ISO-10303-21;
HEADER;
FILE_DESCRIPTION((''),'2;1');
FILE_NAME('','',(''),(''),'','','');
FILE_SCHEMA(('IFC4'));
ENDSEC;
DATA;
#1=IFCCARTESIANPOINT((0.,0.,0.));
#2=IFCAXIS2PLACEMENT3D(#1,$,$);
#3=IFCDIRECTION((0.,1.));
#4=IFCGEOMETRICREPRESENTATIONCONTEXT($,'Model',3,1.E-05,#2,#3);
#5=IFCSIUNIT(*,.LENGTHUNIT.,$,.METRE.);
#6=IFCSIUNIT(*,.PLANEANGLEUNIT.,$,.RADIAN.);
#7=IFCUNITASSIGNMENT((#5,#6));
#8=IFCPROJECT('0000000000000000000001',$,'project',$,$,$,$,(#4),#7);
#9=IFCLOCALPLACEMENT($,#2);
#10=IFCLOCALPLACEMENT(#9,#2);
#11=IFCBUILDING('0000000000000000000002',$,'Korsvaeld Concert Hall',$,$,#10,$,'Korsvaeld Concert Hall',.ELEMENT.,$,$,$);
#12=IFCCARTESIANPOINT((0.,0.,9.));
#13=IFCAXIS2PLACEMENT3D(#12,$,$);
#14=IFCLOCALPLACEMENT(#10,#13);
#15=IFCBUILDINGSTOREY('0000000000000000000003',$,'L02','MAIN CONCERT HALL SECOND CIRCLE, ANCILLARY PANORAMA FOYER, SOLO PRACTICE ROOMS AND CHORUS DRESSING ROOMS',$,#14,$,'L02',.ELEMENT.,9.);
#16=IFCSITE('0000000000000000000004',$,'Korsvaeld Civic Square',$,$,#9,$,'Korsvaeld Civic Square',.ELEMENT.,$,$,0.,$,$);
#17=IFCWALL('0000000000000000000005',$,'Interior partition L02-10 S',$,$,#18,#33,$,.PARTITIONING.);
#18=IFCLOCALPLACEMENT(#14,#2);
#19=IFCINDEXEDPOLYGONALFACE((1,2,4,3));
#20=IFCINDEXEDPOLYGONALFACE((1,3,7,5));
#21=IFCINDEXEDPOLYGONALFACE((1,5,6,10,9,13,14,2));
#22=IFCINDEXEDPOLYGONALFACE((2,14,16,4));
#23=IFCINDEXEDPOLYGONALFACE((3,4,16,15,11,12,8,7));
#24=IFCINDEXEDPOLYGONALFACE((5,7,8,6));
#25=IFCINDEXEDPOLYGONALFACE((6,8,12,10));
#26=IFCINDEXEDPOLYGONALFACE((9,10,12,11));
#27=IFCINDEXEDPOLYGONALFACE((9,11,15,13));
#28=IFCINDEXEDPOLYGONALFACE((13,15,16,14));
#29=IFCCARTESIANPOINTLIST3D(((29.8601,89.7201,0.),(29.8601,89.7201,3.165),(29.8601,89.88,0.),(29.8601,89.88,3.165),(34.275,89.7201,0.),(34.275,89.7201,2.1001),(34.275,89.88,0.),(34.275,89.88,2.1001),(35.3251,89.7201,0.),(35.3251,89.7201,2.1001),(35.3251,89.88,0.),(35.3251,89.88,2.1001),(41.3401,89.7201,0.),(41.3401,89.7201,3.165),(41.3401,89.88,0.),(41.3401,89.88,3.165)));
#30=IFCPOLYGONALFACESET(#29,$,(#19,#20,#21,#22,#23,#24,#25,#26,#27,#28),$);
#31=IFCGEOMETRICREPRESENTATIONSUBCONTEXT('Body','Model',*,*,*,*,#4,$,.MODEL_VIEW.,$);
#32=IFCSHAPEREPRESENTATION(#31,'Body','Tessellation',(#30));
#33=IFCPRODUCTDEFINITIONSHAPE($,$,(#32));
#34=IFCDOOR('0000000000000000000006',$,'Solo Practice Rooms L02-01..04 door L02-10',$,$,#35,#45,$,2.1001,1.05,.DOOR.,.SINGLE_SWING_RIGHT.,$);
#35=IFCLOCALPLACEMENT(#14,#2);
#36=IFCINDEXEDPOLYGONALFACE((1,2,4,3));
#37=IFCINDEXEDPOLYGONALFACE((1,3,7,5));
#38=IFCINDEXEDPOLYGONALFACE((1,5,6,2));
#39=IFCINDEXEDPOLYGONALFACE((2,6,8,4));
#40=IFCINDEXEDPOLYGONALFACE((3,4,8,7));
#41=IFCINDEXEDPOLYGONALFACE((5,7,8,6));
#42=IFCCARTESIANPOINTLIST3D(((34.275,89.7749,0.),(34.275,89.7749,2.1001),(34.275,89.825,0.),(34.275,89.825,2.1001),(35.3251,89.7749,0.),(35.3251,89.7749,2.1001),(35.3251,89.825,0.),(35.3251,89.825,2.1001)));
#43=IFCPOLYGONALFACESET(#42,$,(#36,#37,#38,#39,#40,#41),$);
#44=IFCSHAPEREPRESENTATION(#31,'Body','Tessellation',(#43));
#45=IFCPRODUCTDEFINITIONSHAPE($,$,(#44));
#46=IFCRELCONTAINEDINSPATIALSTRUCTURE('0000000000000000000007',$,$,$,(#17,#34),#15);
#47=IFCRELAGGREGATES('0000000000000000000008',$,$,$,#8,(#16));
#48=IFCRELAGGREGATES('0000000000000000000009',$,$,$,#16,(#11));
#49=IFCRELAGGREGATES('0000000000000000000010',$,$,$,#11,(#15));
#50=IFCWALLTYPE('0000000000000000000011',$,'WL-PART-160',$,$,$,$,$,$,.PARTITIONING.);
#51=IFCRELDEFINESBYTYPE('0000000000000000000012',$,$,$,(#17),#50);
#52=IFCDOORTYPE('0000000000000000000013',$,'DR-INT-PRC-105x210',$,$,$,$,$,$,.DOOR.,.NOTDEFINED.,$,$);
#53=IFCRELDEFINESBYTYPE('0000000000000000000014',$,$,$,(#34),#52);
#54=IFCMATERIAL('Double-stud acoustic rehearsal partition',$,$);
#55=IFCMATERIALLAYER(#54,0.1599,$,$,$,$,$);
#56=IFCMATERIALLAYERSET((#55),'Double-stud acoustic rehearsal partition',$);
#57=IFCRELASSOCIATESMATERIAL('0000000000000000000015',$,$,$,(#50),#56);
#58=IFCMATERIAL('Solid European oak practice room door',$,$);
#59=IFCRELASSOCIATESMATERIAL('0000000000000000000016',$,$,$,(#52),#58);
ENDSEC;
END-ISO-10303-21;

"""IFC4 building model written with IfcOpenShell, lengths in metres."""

from ifc_helpers import new_model, si_unit, direction, frame, frame_2d, origin, place, context, subcontext, project, spatial, rectangle, extrude, material, layer, layer_set, type_object, element, fill, save


model = new_model("IFC4")

# Units and contexts
model_context = context("Model", 3, precision=1e-05, world=origin(), true_north=direction((0.0, 1.0)))
body_context = subcontext(model_context, "Body", "Model", "MODEL_VIEW")
ifc_project = project(units=[si_unit("LENGTHUNIT", "METRE"), si_unit("PLANEANGLEUNIT", "RADIAN")], contexts=[model_context])

# Site, building, storey
site_placement = place(None, origin())
site = spatial("IfcSite", under=ifc_project, at=site_placement, Name="Korsvaeld Civic Square", LongName="Korsvaeld Civic Square", CompositionType="ELEMENT", RefElevation=0.0)
building_placement = place(site_placement, origin())
building = spatial("IfcBuilding", under=site, at=building_placement, Name="Korsvaeld Concert Hall", LongName="Korsvaeld Concert Hall", CompositionType="ELEMENT")
storey_placement = place(building_placement, frame((0.0, 0.0, 9.0)))
storey = spatial("IfcBuildingStorey", under=building, at=storey_placement, Name="L02", Description="MAIN CONCERT HALL SECOND CIRCLE, ANCILLARY PANORAMA FOYER, SOLO PRACTICE ROOMS AND CHORUS DRESSING ROOMS", LongName="L02", CompositionType="ELEMENT", Elevation=9.0)

# Wall, opening, door
ifc_material_1 = material(Name="Double-stud acoustic rehearsal partition")
ifc_layer_1 = layer(ifc_material_1, 0.1599)
ifc_layer_set_1 = layer_set([ifc_layer_1], Name="Double-stud acoustic rehearsal partition")
wall_type_1 = type_object("IfcWallType", Name="WL-PART-160", PredefinedType="PARTITIONING", material=ifc_layer_set_1)
wall_1_placement = place(storey_placement, frame((29.8601, 89.8, 0.0), z_axis=(0.0, 0.0, 1.0), x_axis=(1.0, 0.0, 0.0)))
wall_1 = element("IfcWall", 1, at=wall_1_placement, inside=storey, type_object=wall_type_1, Name="Interior partition L02-10 S", PredefinedType="PARTITIONING", context=body_context, shape_type="SweptSolid", body=[
    extrude(rectangle(XDim=11.48, YDim=0.1599, at=frame_2d((5.74, 0.0))), origin(), (0.0, 0.0, 1.0), 3.165),
])
opening_1_placement = place(wall_1_placement, frame((4.415, 0.0, 0.0)))
opening_1 = element("IfcOpeningElement", 2, at=opening_1_placement, cuts=wall_1, PredefinedType="OPENING", context=body_context, shape_type="SweptSolid", body=[
    extrude(rectangle(XDim=1.05, YDim=2.1001, at=frame_2d((0.5249, 1.05))), frame((0.0, 0.0898, 0.0), z_axis=(0.0, -1.0, 0.0), x_axis=(1.0, 0.0, 0.0)), (0.0, 0.0, 1.0), 0.1799),
])
ifc_material_2 = material(Name="Solid European oak practice room door")
door_type = type_object("IfcDoorType", Name="DR-INT-PRC-105x210", OperationType="NOTDEFINED", PredefinedType="DOOR", material=ifc_material_2)
door_placement = place(opening_1_placement, origin())
door = element("IfcDoor", 3, at=door_placement, inside=storey, type_object=door_type, Name="Solo Practice Rooms L02-01..04 door L02-10", OperationType="SINGLE_SWING_RIGHT", OverallHeight=2.1001, OverallWidth=1.05, PredefinedType="DOOR", context=body_context, shape_type="SweptSolid", body=[
    extrude(rectangle(XDim=1.05, YDim=2.1001, at=frame_2d((0.5249, 1.05))), frame((0.0, 0.0249, 0.0), z_axis=(0.0, -1.0, 0.0), x_axis=(1.0, 0.0, 0.0)), (0.0, 0.0, 1.0), 0.05),
])
fill(opening_1, door)

save(model, "model.ifc")
